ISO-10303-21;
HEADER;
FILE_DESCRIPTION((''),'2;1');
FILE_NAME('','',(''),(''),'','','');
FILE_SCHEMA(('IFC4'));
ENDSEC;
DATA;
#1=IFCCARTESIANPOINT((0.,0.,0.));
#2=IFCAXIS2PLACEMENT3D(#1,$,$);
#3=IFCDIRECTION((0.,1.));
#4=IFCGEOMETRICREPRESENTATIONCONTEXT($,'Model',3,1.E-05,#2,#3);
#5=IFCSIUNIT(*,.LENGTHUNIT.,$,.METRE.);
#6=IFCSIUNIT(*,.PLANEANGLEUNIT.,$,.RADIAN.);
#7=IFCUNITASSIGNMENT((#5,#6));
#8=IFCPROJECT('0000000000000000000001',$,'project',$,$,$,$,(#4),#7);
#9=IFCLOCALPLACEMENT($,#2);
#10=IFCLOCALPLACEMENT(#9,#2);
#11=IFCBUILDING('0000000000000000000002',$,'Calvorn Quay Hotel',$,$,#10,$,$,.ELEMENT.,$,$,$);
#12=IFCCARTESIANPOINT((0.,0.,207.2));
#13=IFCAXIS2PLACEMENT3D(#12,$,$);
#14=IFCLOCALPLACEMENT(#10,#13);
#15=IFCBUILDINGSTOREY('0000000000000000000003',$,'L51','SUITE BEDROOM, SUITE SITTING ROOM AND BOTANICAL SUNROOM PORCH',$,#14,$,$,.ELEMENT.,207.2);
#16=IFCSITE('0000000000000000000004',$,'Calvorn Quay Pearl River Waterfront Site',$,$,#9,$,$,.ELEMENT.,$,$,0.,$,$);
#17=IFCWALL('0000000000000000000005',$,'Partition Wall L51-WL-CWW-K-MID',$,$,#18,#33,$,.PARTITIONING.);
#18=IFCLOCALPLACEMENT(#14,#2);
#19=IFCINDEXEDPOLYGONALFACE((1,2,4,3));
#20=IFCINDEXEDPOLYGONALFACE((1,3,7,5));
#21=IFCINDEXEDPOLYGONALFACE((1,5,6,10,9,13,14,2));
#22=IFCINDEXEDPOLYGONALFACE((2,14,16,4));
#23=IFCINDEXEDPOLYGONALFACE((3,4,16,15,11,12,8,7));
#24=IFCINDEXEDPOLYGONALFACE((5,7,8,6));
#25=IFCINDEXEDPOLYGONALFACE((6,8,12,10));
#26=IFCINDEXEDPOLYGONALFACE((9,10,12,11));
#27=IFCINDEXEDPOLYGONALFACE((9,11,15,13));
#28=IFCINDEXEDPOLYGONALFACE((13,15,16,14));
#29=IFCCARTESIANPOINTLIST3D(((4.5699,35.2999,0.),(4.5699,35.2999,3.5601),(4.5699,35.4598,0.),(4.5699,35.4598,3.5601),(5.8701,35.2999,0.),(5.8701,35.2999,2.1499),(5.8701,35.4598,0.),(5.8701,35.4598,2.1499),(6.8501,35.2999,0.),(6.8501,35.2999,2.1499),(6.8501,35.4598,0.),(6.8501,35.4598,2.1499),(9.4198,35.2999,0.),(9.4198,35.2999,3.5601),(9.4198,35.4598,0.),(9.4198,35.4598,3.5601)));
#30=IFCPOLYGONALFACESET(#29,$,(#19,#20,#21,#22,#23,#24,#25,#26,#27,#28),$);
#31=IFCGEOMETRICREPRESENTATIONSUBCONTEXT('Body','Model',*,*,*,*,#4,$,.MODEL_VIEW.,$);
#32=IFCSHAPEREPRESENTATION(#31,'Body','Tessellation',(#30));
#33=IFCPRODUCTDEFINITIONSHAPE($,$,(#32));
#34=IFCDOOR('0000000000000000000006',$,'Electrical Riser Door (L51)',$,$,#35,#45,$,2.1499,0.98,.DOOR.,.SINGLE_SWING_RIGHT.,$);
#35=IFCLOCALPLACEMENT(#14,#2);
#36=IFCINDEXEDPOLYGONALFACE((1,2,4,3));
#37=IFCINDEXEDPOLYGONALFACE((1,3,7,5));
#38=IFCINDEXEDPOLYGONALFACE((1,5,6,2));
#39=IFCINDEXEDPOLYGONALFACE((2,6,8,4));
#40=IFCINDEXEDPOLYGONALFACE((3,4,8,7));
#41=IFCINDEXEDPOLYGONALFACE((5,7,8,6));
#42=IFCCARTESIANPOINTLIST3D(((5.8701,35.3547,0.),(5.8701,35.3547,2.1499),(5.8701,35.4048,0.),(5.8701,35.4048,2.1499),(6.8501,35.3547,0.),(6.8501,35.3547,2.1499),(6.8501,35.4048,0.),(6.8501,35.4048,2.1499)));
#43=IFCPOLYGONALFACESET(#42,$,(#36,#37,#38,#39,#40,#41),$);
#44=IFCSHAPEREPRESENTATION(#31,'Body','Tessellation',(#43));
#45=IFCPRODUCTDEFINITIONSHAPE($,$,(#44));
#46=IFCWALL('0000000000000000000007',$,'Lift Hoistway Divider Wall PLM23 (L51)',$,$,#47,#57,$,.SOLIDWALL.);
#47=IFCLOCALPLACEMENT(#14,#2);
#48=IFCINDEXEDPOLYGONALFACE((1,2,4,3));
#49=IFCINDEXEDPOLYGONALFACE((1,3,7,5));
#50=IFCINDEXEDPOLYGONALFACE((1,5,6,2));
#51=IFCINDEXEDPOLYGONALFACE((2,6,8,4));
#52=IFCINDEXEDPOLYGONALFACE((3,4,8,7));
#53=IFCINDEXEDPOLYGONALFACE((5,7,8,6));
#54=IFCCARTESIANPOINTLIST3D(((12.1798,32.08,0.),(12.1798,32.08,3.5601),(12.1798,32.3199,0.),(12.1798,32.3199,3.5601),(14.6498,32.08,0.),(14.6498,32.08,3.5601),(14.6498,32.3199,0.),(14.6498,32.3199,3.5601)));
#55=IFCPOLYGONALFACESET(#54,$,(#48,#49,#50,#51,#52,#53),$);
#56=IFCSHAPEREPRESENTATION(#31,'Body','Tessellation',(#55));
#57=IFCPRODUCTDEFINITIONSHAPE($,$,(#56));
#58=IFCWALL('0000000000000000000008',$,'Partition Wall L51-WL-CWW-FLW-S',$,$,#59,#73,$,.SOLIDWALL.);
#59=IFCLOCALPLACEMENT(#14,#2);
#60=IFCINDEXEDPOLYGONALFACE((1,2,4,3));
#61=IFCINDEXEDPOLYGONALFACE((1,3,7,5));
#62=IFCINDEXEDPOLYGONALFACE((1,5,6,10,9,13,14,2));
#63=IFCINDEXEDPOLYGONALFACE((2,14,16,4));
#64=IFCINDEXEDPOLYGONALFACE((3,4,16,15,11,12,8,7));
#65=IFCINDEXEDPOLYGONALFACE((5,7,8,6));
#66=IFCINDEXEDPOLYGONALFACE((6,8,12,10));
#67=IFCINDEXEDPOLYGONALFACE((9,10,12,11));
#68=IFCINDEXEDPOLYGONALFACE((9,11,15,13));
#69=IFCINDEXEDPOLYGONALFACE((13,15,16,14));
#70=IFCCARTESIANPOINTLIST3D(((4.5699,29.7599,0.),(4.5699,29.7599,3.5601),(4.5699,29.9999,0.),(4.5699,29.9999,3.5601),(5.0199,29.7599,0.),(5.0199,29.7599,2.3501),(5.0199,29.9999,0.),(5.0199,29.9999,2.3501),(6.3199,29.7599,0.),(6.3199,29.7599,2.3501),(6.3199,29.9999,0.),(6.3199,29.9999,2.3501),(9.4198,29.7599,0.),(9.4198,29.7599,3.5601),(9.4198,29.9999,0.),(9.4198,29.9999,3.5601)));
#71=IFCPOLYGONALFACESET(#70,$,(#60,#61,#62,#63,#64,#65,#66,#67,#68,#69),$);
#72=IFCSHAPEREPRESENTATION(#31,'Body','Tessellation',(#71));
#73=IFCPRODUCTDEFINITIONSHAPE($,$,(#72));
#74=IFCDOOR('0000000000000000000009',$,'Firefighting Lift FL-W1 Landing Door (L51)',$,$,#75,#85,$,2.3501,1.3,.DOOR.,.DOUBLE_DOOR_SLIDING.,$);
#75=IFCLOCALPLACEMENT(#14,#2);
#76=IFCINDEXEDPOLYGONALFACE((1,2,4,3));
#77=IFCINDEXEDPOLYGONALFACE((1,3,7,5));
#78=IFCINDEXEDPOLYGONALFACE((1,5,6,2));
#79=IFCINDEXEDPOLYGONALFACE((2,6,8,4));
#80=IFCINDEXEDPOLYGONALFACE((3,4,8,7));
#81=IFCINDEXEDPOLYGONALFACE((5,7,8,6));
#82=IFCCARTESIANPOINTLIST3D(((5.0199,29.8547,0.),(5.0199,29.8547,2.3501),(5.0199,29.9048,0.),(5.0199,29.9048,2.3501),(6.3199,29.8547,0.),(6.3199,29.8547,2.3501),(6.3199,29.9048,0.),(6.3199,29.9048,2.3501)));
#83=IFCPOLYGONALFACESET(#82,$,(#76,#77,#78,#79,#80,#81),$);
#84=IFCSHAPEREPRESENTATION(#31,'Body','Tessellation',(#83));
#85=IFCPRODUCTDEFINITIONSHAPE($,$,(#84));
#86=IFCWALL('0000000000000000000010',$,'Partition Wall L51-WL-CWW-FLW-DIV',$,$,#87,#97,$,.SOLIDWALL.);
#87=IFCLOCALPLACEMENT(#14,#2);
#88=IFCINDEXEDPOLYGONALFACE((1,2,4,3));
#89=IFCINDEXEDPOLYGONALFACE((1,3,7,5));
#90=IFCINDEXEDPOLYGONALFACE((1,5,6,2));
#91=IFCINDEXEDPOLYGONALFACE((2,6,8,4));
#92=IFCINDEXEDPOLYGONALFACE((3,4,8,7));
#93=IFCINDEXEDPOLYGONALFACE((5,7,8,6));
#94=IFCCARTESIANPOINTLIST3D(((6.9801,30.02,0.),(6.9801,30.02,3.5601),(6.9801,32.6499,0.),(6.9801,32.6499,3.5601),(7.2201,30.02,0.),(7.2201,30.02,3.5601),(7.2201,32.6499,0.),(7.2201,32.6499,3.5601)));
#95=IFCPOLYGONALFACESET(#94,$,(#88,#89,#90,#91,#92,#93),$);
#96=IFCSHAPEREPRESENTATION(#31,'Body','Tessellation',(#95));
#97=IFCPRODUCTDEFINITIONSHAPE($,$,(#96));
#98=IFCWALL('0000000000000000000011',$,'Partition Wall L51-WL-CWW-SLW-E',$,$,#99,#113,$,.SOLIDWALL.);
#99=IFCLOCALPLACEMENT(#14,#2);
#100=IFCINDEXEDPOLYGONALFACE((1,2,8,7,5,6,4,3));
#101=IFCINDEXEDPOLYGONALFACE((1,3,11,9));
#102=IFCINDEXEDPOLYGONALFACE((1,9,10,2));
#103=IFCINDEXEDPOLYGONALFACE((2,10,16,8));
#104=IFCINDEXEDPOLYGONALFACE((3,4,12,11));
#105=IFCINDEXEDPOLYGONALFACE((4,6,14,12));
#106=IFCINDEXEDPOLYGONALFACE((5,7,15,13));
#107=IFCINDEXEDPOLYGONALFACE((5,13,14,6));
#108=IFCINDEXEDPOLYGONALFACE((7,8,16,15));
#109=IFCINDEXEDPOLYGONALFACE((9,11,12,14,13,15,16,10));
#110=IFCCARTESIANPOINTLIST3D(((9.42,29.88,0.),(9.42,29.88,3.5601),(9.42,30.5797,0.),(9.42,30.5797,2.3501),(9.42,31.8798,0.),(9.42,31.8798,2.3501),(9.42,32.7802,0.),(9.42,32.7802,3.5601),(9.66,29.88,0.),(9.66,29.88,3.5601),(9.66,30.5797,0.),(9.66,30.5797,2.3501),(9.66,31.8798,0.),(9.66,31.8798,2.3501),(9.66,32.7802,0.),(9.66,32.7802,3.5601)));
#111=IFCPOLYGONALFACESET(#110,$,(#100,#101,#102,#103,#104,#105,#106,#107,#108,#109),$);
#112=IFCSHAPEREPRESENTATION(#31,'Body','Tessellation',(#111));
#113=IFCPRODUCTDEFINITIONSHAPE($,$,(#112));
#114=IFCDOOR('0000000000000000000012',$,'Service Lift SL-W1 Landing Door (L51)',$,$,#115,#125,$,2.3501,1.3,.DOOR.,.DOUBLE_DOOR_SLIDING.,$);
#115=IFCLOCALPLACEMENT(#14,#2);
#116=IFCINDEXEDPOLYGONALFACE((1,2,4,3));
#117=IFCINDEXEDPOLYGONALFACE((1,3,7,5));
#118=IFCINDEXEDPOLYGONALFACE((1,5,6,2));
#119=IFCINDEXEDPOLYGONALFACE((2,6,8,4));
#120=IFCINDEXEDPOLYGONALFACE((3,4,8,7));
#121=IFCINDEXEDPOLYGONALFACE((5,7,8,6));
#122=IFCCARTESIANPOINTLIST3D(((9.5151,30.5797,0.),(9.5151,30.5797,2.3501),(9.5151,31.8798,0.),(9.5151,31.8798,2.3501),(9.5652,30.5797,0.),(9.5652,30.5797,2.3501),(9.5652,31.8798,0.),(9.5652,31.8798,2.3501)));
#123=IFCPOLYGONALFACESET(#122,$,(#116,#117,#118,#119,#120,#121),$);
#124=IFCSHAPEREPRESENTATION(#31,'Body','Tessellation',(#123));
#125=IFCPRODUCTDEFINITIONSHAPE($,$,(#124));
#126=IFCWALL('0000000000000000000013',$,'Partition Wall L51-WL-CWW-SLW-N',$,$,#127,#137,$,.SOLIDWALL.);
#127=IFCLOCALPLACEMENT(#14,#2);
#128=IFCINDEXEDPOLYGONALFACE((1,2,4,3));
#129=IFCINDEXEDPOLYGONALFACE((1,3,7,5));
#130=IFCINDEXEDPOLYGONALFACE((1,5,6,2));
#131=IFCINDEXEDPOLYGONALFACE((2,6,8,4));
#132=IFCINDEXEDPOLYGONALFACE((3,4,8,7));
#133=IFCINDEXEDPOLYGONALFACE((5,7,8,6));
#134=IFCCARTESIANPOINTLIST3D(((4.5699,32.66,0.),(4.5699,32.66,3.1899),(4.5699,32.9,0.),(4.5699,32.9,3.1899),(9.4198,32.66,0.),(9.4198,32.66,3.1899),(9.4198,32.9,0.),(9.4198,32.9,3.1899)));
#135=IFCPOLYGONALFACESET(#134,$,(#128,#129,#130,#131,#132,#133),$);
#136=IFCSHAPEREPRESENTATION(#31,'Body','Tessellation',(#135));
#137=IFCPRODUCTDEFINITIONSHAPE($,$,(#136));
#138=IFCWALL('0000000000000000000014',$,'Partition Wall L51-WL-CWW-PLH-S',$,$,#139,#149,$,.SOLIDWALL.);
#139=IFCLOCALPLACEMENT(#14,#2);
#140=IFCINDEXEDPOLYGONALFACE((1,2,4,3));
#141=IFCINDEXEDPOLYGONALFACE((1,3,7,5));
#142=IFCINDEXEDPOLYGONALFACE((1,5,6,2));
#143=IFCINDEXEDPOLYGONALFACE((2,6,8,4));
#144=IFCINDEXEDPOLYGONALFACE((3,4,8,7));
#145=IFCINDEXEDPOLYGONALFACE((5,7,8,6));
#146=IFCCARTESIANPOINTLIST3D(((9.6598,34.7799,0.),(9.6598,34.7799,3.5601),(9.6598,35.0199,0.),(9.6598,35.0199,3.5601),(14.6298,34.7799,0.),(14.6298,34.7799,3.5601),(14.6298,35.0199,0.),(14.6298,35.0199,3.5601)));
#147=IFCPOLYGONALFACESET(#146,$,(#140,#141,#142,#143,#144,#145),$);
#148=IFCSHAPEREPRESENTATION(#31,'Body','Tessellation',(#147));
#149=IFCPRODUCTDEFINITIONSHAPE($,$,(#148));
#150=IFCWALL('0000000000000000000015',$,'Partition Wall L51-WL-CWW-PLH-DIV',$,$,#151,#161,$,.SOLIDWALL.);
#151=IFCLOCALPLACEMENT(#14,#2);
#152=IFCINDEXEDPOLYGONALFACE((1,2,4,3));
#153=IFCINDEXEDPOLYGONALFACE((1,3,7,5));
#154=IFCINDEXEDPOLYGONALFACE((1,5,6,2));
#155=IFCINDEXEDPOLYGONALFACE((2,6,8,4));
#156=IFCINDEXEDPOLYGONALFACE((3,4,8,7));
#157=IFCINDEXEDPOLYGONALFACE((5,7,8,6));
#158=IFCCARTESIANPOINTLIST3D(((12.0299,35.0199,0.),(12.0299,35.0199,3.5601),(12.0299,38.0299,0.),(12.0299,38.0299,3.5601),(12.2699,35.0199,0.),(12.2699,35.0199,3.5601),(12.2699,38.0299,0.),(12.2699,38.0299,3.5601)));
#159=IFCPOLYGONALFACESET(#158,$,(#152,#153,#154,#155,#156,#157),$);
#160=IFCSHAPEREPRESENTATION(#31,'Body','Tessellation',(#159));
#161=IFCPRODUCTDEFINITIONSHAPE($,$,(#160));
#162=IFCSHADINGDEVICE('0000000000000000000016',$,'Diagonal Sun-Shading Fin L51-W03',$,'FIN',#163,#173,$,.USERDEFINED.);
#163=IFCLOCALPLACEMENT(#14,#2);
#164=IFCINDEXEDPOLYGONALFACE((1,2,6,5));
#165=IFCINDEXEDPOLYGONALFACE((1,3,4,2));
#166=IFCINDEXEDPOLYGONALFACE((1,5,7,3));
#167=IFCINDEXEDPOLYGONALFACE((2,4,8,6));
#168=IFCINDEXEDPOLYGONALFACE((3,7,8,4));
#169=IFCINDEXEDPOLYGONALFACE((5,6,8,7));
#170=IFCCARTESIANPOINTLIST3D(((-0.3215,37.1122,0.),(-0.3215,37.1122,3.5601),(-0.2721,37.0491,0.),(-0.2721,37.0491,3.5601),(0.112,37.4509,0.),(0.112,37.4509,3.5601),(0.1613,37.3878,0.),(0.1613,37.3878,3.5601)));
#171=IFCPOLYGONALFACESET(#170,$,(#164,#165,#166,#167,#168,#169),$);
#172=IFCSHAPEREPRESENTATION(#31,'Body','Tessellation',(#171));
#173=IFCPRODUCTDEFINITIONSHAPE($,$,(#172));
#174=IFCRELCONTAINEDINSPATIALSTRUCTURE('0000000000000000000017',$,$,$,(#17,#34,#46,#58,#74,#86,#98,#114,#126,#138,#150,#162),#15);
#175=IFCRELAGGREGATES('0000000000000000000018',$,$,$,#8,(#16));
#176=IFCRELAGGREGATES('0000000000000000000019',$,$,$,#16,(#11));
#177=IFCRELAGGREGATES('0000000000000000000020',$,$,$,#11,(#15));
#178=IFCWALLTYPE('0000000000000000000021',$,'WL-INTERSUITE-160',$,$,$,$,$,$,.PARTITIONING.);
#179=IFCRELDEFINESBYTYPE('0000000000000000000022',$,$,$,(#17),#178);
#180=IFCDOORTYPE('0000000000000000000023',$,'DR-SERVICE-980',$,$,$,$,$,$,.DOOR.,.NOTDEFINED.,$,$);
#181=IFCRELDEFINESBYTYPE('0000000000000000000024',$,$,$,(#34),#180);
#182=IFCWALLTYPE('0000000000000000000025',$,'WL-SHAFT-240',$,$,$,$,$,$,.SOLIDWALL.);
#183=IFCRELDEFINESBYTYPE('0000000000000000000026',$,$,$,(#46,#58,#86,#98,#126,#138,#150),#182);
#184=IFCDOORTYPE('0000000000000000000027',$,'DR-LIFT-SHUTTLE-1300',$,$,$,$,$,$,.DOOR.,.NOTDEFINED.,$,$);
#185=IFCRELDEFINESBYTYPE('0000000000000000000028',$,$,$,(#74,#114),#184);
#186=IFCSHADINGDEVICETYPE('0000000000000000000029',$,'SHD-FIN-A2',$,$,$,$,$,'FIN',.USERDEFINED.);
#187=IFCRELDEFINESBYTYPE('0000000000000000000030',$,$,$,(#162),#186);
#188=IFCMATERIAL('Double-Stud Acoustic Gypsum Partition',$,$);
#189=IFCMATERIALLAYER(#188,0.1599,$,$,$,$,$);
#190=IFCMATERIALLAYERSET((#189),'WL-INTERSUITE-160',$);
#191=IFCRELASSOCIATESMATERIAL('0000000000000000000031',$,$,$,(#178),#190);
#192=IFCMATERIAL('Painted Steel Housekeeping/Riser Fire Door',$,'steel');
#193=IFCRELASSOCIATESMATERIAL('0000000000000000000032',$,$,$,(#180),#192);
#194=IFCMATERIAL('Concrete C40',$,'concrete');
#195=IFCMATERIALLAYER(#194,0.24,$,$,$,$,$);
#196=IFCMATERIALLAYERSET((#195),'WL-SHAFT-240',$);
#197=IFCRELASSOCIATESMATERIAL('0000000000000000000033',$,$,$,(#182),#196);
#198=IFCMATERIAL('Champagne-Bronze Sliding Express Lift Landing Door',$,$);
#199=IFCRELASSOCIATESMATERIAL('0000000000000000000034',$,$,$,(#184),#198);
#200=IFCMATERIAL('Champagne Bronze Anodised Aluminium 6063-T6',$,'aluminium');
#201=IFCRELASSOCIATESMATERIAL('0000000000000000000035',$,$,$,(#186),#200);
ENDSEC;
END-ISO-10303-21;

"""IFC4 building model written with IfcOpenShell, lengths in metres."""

from ifc_helpers import new_model, si_unit, direction, frame, frame_2d, origin, origin_2d, place, context, subcontext, project, spatial, rectangle, extrude, material, layer, layer_set, type_object, element, fill, save


model = new_model("IFC4")

# Units and contexts
model_context = context("Model", 3, precision=1e-05, world=origin(), true_north=direction((0.0, 1.0)))
body_context = subcontext(model_context, "Body", "Model", "MODEL_VIEW")
ifc_project = project(units=[si_unit("LENGTHUNIT", "METRE"), si_unit("PLANEANGLEUNIT", "RADIAN")], contexts=[model_context])

# Site, building, storey
site_placement = place(None, origin())
site = spatial("IfcSite", under=ifc_project, at=site_placement, Name="Calvorn Quay Pearl River Waterfront Site", CompositionType="ELEMENT", RefElevation=0.0)
building_placement = place(site_placement, origin())
building = spatial("IfcBuilding", under=site, at=building_placement, Name="Calvorn Quay Hotel", CompositionType="ELEMENT")
storey_placement = place(building_placement, frame((0.0, 0.0, 207.2)))
storey = spatial("IfcBuildingStorey", under=building, at=storey_placement, Name="L51", Description="SUITE BEDROOM, SUITE SITTING ROOM AND BOTANICAL SUNROOM PORCH", CompositionType="ELEMENT", Elevation=207.2)

# Wall, opening, door
ifc_material_1 = material(Name="Double-Stud Acoustic Gypsum Partition")
ifc_layer_1 = layer(ifc_material_1, 0.1599)
ifc_layer_set_1 = layer_set([ifc_layer_1], Name="WL-INTERSUITE-160")
wall_type_1 = type_object("IfcWallType", Name="WL-INTERSUITE-160", PredefinedType="PARTITIONING", material=ifc_layer_set_1)
wall_1_placement = place(storey_placement, frame((4.5701, 35.3799, 0.0), z_axis=(0.0, 0.0, 1.0), x_axis=(1.0, 0.0, 0.0)))
wall_1 = element("IfcWall", 1, at=wall_1_placement, inside=storey, type_object=wall_type_1, Name="Partition Wall L51-WL-CWW-K-MID", PredefinedType="PARTITIONING", context=body_context, shape_type="SweptSolid", body=[
    extrude(rectangle(XDim=4.8499, YDim=0.1599, at=frame_2d((2.4248, 0.0))), origin(), (0.0, 0.0, 1.0), 3.5601),
])
opening_1_placement = place(wall_1_placement, frame((1.3, 0.0, 0.0)))
opening_1 = element("IfcOpeningElement", 2, at=opening_1_placement, cuts=wall_1, PredefinedType="OPENING", context=body_context, shape_type="SweptSolid", body=[
    extrude(rectangle(XDim=0.98, YDim=2.1499, at=frame_2d((0.49, 1.075))), frame((0.0, 0.0898, 0.0), z_axis=(0.0, -1.0, 0.0), x_axis=(1.0, 0.0, 0.0)), (0.0, 0.0, 1.0), 0.1799),
])
ifc_material_2 = material(Name="Painted Steel Housekeeping/Riser Fire Door", Category="steel")
door_type_1 = type_object("IfcDoorType", Name="DR-SERVICE-980", OperationType="NOTDEFINED", PredefinedType="DOOR", material=ifc_material_2)
door_1_placement = place(opening_1_placement, origin())
door_1 = element("IfcDoor", 3, at=door_1_placement, inside=storey, type_object=door_type_1, Name="Electrical Riser Door (L51)", OperationType="SINGLE_SWING_RIGHT", OverallHeight=2.1499, OverallWidth=0.98, PredefinedType="DOOR", context=body_context, shape_type="SweptSolid", body=[
    extrude(rectangle(XDim=0.98, YDim=2.1499, at=frame_2d((0.49, 1.075))), frame((0.0, 0.0249, 0.0), z_axis=(0.0, -1.0, 0.0), x_axis=(1.0, 0.0, 0.0)), (0.0, 0.0, 1.0), 0.05),
])
fill(opening_1, door_1)

# Wall
ifc_material_3 = material(Name="Concrete C40", Category="concrete")
ifc_layer_2 = layer(ifc_material_3, 0.24)
ifc_layer_set_2 = layer_set([ifc_layer_2], Name="WL-SHAFT-240")
wall_type_2 = type_object("IfcWallType", Name="WL-SHAFT-240", PredefinedType="SOLIDWALL", material=ifc_layer_set_2)
wall_2_placement = place(storey_placement, frame((12.1799, 32.2, 0.0), z_axis=(0.0, 0.0, 1.0), x_axis=(1.0, 0.0, 0.0)))
element("IfcWall", 4, at=wall_2_placement, inside=storey, type_object=wall_type_2, Name="Lift Hoistway Divider Wall PLM23 (L51)", PredefinedType="SOLIDWALL", context=body_context, shape_type="SweptSolid", body=[
    extrude(rectangle(XDim=2.47, YDim=0.24, at=frame_2d((1.2349, 0.0))), origin(), (0.0, 0.0, 1.0), 3.5601),
])

# Wall, opening, door
wall_3_placement = place(storey_placement, frame((4.5701, 29.8799, 0.0), z_axis=(0.0, 0.0, 1.0), x_axis=(1.0, 0.0, 0.0)))
wall_3 = element("IfcWall", 5, at=wall_3_placement, inside=storey, type_object=wall_type_2, Name="Partition Wall L51-WL-CWW-FLW-S", PredefinedType="SOLIDWALL", context=body_context, shape_type="SweptSolid", body=[
    extrude(rectangle(XDim=4.8499, YDim=0.24, at=frame_2d((2.4248, 0.0))), origin(), (0.0, 0.0, 1.0), 3.5601),
])
opening_2_placement = place(wall_3_placement, frame((0.45, 0.0, 0.0)))
opening_2 = element("IfcOpeningElement", 6, at=opening_2_placement, cuts=wall_3, PredefinedType="OPENING", context=body_context, shape_type="SweptSolid", body=[
    extrude(rectangle(XDim=1.3, YDim=2.3501, at=frame_2d((0.6499, 1.175))), frame((0.0, 0.1299, 0.0), z_axis=(0.0, -1.0, 0.0), x_axis=(1.0, 0.0, 0.0)), (0.0, 0.0, 1.0), 0.26),
])
ifc_material_4 = material(Name="Champagne-Bronze Sliding Express Lift Landing Door")
door_type_2 = type_object("IfcDoorType", Name="DR-LIFT-SHUTTLE-1300", OperationType="NOTDEFINED", PredefinedType="DOOR", material=ifc_material_4)
door_2_placement = place(opening_2_placement, origin())
door_2 = element("IfcDoor", 7, at=door_2_placement, inside=storey, type_object=door_type_2, Name="Firefighting Lift FL-W1 Landing Door (L51)", OperationType="DOUBLE_DOOR_SLIDING", OverallHeight=2.3501, OverallWidth=1.3, PredefinedType="DOOR", context=body_context, shape_type="SweptSolid", body=[
    extrude(rectangle(XDim=1.3, YDim=2.3501, at=frame_2d((0.6499, 1.175))), frame((0.0, 0.0249, 0.0), z_axis=(0.0, -1.0, 0.0), x_axis=(1.0, 0.0, 0.0)), (0.0, 0.0, 1.0), 0.05),
])
fill(opening_2, door_2)

# Wall
wall_4_placement = place(storey_placement, frame((7.1001, 30.02, 0.0), z_axis=(0.0, 0.0, 1.0), x_axis=(0.0, 1.0, 0.0)))
element("IfcWall", 8, at=wall_4_placement, inside=storey, type_object=wall_type_2, Name="Partition Wall L51-WL-CWW-FLW-DIV", PredefinedType="SOLIDWALL", context=body_context, shape_type="SweptSolid", body=[
    extrude(rectangle(XDim=2.6299, YDim=0.24, at=frame_2d((1.3149, 0.0))), origin(), (0.0, 0.0, 1.0), 3.5601),
])

# Wall, opening, door
wall_5_placement = place(storey_placement, frame((9.54, 29.8799, 0.0), z_axis=(0.0, 0.0, 1.0), x_axis=(0.0, 1.0, 0.0)))
wall_5 = element("IfcWall", 9, at=wall_5_placement, inside=storey, type_object=wall_type_2, Name="Partition Wall L51-WL-CWW-SLW-E", PredefinedType="SOLIDWALL", context=body_context, shape_type="SweptSolid", body=[
    extrude(rectangle(XDim=2.9001, YDim=0.24, at=frame_2d((1.4502, 0.0))), origin(), (0.0, 0.0, 1.0), 3.5601),
])
opening_3_placement = place(wall_5_placement, frame((0.7, 0.0, 0.0)))
opening_3 = element("IfcOpeningElement", 10, at=opening_3_placement, cuts=wall_5, PredefinedType="OPENING", context=body_context, shape_type="SweptSolid", body=[
    extrude(rectangle(XDim=1.3, YDim=2.3501, at=frame_2d((0.6499, 1.175))), frame((0.0, 0.1299, 0.0), z_axis=(0.0, -1.0, 0.0), x_axis=(1.0, 0.0, 0.0)), (0.0, 0.0, 1.0), 0.26),
])
door_3_placement = place(opening_3_placement, origin())
door_3 = element("IfcDoor", 11, at=door_3_placement, inside=storey, type_object=door_type_2, Name="Service Lift SL-W1 Landing Door (L51)", OperationType="DOUBLE_DOOR_SLIDING", OverallHeight=2.3501, OverallWidth=1.3, PredefinedType="DOOR", context=body_context, shape_type="SweptSolid", body=[
    extrude(rectangle(XDim=1.3, YDim=2.3501, at=frame_2d((0.6499, 1.175))), frame((0.0, 0.0249, 0.0), z_axis=(0.0, -1.0, 0.0), x_axis=(1.0, 0.0, 0.0)), (0.0, 0.0, 1.0), 0.05),
])
fill(opening_3, door_3)

# Walls
wall_6_placement = place(storey_placement, frame((4.5701, 32.78, 0.0), z_axis=(0.0, 0.0, 1.0), x_axis=(1.0, 0.0, 0.0)))
element("IfcWall", 12, at=wall_6_placement, inside=storey, type_object=wall_type_2, Name="Partition Wall L51-WL-CWW-SLW-N", PredefinedType="SOLIDWALL", context=body_context, shape_type="SweptSolid", body=[
    extrude(rectangle(XDim=4.8499, YDim=0.24, at=frame_2d((2.4248, 0.0))), origin(), (0.0, 0.0, 1.0), 3.1899),
])
wall_7_placement = place(storey_placement, frame((9.6599, 34.8999, 0.0), z_axis=(0.0, 0.0, 1.0), x_axis=(1.0, 0.0, 0.0)))
element("IfcWall", 13, at=wall_7_placement, inside=storey, type_object=wall_type_2, Name="Partition Wall L51-WL-CWW-PLH-S", PredefinedType="SOLIDWALL", context=body_context, shape_type="SweptSolid", body=[
    extrude(rectangle(XDim=4.97, YDim=0.24, at=frame_2d((2.4849, 0.0))), origin(), (0.0, 0.0, 1.0), 3.5601),
])
wall_8_placement = place(storey_placement, frame((12.1499, 35.02, 0.0), z_axis=(0.0, 0.0, 1.0), x_axis=(0.0, 1.0, 0.0)))
element("IfcWall", 14, at=wall_8_placement, inside=storey, type_object=wall_type_2, Name="Partition Wall L51-WL-CWW-PLH-DIV", PredefinedType="SOLIDWALL", context=body_context, shape_type="SweptSolid", body=[
    extrude(rectangle(XDim=3.01, YDim=0.24, at=frame_2d((1.5049, 0.0))), origin(), (0.0, 0.0, 1.0), 3.5601),
])

# Shading device
ifc_material_5 = material(Name="Champagne Bronze Anodised Aluminium 6063-T6", Category="aluminium")
shading_device_type = type_object("IfcShadingDeviceType", Name="SHD-FIN-A2", ElementType="FIN", PredefinedType="USERDEFINED", material=ifc_material_5)
shading_device_placement = place(storey_placement, frame((-0.0801, 37.25, 0.0), z_axis=(0.0, 0.0, 1.0), x_axis=(0.788011, 0.615661, 0.0)))
element("IfcShadingDevice", 15, at=shading_device_placement, inside=storey, type_object=shading_device_type, Name="Diagonal Sun-Shading Fin L51-W03", ObjectType="FIN", PredefinedType="USERDEFINED", context=body_context, shape_type="SweptSolid", body=[
    extrude(rectangle(XDim=0.55, YDim=0.0801, at=origin_2d()), origin(), (0.0, 0.0, 1.0), 3.5601),
])

save(model, "model.ifc")
